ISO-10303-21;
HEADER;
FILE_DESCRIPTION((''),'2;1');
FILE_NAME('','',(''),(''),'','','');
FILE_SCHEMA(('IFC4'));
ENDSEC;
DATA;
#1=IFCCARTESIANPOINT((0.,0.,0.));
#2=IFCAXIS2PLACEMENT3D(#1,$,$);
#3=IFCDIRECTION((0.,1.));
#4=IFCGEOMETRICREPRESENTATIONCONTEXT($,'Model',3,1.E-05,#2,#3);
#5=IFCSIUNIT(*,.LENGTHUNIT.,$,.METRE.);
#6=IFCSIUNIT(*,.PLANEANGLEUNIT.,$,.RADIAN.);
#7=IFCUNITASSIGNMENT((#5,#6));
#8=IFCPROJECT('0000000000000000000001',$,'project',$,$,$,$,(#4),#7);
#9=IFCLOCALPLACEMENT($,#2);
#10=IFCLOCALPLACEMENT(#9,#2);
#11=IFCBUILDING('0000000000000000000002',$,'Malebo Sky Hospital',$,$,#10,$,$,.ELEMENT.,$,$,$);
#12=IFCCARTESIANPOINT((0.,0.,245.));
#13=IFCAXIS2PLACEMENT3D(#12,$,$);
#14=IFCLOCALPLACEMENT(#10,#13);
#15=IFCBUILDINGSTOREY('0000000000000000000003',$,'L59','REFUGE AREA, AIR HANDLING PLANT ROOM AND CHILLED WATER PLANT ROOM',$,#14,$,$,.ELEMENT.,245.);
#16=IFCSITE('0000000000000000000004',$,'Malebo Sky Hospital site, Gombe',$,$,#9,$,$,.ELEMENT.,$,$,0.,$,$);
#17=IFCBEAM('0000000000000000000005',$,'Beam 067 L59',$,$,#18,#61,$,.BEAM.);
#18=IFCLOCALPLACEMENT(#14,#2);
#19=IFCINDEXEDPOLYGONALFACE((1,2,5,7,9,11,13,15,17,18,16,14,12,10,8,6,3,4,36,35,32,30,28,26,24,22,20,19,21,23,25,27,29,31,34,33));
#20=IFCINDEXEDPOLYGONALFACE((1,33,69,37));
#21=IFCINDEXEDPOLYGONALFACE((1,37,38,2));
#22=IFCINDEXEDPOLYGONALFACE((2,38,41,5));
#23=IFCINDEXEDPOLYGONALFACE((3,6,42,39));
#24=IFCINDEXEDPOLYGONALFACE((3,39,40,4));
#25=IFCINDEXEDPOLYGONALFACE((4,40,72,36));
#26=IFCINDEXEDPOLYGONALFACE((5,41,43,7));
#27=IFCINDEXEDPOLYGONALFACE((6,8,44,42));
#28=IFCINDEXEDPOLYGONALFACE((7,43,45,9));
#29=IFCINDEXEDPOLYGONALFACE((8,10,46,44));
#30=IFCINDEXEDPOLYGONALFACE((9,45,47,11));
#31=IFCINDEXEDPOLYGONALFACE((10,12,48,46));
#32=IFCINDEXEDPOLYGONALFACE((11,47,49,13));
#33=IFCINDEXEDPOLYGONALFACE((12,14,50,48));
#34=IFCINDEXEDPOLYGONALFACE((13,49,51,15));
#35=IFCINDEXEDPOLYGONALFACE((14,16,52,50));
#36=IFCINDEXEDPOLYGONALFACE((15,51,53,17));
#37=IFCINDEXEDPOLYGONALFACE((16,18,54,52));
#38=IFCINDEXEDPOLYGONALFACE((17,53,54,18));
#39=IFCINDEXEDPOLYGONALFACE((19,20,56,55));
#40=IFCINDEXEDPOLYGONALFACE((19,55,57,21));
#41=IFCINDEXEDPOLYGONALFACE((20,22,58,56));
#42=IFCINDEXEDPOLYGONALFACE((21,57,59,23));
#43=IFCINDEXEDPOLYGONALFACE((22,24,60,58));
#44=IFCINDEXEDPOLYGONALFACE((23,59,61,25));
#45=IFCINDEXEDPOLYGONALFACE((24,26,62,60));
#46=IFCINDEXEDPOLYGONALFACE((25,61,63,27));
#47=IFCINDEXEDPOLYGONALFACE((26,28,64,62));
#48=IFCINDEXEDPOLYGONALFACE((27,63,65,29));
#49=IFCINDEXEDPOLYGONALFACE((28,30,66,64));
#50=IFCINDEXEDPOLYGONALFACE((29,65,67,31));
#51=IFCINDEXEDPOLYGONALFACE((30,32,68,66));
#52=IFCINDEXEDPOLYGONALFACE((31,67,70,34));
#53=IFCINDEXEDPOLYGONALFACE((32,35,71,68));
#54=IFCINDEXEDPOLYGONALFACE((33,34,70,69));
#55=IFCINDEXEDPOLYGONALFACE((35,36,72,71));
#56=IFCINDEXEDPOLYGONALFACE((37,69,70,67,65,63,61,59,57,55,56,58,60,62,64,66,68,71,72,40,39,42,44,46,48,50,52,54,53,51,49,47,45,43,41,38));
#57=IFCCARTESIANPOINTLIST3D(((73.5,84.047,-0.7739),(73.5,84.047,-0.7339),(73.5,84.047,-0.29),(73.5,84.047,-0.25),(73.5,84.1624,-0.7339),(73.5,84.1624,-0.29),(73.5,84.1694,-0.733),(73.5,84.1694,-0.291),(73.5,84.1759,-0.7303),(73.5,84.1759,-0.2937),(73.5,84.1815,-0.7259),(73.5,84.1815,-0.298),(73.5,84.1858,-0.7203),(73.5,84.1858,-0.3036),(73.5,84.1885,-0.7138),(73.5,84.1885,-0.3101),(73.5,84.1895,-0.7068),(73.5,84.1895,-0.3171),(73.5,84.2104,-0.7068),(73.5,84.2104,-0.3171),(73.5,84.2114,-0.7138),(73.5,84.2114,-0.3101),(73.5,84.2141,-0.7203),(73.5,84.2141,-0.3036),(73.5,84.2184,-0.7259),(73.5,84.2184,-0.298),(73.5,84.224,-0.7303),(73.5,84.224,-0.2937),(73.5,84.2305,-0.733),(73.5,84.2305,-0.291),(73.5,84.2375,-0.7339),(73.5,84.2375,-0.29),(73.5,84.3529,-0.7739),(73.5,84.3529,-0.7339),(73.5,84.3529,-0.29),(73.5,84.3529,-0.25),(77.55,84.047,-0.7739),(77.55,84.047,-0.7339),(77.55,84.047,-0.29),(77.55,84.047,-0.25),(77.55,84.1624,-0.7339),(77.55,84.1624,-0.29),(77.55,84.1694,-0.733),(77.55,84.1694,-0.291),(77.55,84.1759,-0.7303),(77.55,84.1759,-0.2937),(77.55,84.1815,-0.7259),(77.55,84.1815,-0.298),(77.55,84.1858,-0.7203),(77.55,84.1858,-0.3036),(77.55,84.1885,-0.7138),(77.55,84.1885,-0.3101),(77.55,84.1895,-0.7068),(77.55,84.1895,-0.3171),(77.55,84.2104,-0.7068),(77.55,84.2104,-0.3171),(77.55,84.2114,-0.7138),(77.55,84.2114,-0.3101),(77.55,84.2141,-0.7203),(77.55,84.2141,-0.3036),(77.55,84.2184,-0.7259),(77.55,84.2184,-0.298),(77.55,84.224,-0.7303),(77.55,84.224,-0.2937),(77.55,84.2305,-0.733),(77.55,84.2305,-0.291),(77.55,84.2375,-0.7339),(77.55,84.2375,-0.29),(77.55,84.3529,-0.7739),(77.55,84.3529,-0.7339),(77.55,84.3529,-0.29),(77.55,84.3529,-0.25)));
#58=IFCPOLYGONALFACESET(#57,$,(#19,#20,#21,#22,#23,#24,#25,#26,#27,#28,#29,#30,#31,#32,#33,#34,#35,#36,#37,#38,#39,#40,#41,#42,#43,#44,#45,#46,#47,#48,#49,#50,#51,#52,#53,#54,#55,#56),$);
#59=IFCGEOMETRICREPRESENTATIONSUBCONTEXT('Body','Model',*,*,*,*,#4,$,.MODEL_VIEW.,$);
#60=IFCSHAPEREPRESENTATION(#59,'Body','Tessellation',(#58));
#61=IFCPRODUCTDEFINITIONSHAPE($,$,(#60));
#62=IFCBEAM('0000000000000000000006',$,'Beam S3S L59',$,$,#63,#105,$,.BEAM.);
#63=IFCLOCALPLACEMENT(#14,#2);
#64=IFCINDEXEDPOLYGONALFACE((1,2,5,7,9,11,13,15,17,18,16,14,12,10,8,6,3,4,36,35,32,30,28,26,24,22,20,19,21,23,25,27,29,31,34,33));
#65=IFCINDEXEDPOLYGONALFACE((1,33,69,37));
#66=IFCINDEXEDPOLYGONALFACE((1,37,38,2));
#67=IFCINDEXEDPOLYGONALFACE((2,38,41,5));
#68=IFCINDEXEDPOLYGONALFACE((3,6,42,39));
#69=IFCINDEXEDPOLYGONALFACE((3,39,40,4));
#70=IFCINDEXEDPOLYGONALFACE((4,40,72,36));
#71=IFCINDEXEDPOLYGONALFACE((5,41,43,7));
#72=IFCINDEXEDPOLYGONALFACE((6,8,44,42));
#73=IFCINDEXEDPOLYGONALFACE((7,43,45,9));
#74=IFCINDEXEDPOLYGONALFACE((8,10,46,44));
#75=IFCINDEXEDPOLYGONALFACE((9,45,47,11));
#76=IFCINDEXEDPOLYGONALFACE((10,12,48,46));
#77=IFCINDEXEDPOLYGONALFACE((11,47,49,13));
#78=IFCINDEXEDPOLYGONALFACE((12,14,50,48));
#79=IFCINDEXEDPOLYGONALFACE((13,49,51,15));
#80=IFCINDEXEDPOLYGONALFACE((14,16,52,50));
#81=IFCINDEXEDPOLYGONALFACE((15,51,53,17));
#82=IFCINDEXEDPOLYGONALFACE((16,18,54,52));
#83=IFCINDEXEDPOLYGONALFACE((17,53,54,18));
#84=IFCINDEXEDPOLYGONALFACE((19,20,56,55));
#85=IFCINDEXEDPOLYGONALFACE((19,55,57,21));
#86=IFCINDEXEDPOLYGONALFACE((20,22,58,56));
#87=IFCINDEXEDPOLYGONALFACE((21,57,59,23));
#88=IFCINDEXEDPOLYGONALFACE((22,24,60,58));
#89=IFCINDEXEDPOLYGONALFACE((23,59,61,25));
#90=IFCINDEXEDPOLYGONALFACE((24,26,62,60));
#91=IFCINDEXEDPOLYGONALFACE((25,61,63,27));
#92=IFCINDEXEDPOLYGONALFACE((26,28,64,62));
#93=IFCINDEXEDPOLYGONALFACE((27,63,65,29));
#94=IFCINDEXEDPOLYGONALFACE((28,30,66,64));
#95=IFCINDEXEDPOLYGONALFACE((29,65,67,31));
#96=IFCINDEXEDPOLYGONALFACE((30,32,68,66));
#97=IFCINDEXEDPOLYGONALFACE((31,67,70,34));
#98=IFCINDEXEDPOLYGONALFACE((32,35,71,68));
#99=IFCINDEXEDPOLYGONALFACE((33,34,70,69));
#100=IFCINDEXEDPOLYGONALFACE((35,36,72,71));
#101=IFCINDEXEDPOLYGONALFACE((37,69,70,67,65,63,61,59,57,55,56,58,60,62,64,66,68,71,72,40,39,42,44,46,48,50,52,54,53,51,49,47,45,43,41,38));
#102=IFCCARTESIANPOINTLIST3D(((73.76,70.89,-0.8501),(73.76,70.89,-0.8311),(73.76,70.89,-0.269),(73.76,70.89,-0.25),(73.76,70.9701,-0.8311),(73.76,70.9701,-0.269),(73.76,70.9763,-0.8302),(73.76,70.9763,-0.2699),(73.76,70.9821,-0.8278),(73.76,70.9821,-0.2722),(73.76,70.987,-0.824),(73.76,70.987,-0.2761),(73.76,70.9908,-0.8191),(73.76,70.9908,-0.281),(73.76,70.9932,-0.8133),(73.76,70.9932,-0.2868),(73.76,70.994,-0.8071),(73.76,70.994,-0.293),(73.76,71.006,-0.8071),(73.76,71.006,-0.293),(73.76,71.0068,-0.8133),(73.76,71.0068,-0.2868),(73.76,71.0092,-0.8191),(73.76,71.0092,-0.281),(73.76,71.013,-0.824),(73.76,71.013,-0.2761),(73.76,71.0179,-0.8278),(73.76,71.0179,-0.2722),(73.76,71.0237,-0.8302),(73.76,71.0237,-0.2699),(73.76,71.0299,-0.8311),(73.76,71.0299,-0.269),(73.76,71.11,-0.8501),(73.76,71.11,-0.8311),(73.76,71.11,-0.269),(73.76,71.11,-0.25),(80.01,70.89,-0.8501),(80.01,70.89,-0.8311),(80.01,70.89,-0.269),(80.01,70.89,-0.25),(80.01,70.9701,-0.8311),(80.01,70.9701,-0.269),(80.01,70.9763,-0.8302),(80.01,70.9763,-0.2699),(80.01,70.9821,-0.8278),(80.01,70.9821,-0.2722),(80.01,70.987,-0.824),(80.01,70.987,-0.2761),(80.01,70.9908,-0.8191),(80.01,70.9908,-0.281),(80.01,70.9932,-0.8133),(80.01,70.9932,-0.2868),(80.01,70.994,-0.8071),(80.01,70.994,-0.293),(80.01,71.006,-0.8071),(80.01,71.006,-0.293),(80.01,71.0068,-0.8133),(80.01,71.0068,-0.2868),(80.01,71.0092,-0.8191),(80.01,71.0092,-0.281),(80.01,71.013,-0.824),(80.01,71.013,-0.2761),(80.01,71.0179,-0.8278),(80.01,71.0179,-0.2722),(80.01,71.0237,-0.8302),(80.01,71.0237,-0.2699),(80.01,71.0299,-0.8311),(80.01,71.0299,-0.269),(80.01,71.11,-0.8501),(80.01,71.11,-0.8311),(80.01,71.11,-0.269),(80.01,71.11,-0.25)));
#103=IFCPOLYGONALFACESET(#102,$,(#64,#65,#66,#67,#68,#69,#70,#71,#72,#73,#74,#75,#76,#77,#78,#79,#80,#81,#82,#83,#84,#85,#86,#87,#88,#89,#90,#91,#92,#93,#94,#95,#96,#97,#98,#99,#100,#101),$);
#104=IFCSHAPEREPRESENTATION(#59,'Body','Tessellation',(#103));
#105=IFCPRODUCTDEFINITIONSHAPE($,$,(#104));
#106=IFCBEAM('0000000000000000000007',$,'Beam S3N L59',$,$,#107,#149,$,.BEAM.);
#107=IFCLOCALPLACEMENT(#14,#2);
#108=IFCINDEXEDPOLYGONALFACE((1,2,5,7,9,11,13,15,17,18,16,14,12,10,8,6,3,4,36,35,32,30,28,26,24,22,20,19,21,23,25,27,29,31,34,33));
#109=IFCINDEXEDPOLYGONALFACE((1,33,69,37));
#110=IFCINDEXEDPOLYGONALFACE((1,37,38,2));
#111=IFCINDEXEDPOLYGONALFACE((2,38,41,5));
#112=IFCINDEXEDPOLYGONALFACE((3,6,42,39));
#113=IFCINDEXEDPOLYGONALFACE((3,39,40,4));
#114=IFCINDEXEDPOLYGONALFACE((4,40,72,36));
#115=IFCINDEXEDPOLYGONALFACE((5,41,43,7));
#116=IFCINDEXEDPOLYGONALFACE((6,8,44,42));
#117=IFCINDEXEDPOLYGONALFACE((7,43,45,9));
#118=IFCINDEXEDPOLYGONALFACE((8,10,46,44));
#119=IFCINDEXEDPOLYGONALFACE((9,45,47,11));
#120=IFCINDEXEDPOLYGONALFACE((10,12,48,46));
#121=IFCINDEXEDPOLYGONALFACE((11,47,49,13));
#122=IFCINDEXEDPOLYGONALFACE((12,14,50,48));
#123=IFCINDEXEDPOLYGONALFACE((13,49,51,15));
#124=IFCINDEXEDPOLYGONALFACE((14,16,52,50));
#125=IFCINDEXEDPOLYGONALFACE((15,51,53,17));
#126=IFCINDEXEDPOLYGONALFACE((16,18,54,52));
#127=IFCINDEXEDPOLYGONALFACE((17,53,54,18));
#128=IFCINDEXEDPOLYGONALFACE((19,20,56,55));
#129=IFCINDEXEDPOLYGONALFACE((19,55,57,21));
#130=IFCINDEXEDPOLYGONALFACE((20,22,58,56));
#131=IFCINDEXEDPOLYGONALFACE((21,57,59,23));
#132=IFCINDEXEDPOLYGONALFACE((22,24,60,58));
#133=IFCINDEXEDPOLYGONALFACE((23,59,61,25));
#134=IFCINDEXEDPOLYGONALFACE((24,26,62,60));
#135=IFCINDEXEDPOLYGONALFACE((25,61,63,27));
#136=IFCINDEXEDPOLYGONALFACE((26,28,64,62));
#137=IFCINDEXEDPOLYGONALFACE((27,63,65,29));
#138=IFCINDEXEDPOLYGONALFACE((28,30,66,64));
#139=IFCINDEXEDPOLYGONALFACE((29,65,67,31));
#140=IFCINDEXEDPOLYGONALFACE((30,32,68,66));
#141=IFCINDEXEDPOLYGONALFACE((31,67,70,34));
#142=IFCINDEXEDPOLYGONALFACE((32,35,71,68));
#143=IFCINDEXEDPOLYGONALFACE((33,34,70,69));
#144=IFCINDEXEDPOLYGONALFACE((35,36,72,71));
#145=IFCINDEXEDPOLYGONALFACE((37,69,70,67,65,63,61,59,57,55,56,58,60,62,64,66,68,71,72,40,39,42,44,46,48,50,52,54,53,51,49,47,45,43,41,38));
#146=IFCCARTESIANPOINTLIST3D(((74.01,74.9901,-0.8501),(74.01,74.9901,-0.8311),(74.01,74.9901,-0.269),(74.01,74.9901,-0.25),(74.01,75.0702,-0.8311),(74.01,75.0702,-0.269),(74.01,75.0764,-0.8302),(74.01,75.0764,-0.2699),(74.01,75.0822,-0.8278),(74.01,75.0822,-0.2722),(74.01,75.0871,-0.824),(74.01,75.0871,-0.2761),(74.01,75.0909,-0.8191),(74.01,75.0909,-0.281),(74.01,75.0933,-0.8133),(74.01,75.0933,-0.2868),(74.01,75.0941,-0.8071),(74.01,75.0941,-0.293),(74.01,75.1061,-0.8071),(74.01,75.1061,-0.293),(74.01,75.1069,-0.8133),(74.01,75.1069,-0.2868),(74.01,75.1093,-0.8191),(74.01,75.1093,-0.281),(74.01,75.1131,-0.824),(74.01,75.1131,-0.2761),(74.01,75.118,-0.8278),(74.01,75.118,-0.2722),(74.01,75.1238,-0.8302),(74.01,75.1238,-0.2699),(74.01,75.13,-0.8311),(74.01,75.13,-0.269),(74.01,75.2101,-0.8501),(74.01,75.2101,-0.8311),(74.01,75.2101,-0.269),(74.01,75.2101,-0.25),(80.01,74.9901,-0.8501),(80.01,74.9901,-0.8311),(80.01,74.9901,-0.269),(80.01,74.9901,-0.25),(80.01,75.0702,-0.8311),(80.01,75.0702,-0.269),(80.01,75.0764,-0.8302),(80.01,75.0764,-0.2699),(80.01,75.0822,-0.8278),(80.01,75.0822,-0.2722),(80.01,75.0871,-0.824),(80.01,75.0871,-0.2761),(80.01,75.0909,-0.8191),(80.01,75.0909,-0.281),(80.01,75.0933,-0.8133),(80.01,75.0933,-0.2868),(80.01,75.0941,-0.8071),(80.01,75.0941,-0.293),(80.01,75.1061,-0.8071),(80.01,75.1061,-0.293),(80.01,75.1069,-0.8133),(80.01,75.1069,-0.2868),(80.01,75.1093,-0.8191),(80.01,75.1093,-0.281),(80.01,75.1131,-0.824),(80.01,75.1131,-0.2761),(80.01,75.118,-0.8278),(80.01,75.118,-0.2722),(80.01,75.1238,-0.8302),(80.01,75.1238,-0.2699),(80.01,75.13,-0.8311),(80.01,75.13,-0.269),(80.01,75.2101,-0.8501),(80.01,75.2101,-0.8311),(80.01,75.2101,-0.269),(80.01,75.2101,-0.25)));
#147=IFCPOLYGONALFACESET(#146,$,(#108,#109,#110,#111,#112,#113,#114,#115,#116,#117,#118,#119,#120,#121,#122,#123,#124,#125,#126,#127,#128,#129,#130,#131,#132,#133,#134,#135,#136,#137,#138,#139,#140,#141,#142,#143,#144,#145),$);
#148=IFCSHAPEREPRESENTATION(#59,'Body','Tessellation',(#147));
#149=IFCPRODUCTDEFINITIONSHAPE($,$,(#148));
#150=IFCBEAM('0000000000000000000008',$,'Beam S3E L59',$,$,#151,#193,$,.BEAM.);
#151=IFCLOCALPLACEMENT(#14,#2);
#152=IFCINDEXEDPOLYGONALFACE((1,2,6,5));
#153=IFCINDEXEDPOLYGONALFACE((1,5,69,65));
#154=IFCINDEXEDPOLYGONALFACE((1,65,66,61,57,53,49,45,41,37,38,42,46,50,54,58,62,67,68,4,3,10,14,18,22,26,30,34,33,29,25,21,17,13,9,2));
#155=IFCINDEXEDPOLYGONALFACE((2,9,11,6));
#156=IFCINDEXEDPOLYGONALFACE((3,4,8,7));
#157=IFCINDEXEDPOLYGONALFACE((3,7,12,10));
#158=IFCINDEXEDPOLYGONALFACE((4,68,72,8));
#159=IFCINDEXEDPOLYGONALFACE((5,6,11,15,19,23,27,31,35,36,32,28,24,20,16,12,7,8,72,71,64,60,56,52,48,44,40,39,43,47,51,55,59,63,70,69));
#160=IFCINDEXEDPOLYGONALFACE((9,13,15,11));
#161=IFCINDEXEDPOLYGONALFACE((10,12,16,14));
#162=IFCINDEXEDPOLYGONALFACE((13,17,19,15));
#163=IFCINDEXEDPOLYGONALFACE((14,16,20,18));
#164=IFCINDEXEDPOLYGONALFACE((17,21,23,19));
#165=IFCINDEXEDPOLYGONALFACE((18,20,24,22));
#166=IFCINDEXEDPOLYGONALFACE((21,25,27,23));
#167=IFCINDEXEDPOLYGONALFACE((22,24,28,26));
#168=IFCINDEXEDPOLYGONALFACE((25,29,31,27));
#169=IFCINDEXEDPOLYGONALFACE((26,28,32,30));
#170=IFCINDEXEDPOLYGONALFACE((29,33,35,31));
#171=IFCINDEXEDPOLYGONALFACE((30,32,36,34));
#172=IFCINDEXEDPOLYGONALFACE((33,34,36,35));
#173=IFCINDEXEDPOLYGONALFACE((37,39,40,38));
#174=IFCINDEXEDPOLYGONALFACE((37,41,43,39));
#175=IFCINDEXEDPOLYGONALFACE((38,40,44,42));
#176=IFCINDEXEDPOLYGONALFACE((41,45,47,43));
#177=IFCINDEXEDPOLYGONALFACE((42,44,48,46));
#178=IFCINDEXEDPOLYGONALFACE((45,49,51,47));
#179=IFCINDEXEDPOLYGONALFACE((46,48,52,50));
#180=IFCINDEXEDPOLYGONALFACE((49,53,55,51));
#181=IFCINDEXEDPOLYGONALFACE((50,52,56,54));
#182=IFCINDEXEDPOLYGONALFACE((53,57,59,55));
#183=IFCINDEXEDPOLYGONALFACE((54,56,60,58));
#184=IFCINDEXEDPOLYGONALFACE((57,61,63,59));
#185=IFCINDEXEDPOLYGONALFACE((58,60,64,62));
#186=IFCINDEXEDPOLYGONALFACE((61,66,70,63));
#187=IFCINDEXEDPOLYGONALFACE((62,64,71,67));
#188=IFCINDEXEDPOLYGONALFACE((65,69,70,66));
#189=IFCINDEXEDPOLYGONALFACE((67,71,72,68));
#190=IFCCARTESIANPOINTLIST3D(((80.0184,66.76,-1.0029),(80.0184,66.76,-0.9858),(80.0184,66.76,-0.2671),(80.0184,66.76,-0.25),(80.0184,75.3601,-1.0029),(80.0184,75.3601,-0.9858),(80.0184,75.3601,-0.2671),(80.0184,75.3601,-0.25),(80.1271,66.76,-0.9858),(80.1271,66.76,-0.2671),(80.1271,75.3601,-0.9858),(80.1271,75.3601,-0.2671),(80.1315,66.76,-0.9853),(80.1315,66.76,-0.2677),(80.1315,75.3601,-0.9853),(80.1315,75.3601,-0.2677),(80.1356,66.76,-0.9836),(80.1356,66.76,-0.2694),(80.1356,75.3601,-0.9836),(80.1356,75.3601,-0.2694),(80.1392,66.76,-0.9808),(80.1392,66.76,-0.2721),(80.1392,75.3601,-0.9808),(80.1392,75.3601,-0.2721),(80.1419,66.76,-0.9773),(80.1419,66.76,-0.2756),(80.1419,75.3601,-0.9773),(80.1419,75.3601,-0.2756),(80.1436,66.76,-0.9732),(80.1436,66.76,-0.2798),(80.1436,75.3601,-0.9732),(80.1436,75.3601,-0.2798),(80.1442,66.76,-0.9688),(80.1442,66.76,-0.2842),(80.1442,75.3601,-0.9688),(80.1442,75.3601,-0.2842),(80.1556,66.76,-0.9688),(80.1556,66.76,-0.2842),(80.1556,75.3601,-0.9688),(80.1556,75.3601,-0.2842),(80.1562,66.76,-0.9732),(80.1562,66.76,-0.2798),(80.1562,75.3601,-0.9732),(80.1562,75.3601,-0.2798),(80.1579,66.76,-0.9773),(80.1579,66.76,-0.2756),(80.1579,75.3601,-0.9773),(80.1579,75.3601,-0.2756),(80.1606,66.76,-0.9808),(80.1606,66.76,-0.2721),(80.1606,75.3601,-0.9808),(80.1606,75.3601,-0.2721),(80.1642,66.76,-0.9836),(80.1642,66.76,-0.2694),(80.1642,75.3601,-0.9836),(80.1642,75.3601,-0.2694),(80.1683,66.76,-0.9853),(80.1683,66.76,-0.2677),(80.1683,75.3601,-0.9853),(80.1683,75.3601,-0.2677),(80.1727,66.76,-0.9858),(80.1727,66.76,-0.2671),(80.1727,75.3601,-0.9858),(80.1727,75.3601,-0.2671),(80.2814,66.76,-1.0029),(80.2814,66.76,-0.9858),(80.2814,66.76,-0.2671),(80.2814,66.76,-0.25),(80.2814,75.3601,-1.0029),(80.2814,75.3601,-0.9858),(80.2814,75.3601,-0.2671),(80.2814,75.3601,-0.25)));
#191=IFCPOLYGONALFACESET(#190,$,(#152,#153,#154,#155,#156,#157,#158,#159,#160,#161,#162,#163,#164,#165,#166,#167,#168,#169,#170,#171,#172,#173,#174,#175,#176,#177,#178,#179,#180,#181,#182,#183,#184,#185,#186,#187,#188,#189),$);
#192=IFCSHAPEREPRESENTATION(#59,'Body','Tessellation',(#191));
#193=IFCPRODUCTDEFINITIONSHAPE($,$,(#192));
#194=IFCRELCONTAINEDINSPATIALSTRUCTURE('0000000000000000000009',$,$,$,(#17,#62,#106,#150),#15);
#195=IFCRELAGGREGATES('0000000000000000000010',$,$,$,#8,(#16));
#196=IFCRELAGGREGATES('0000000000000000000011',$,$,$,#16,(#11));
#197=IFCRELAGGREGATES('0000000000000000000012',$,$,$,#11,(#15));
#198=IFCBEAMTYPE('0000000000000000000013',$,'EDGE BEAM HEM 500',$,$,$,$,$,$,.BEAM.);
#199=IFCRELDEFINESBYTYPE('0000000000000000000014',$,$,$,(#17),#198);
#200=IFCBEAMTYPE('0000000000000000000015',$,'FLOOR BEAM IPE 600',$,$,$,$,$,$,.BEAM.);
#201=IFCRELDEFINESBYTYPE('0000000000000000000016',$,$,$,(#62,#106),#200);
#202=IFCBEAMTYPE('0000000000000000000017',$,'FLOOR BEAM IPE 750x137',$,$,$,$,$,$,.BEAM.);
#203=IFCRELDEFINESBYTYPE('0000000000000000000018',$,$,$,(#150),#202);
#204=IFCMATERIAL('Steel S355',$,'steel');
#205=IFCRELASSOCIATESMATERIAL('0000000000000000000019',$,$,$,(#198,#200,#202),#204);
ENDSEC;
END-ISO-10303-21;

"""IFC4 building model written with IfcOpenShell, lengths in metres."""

from ifc_helpers import new_model, si_unit, direction, frame, origin, origin_2d, place, context, subcontext, project, spatial, i_section, extrude, material, material_profile, profile_set, type_object, element, save


model = new_model("IFC4")

# Units and contexts
model_context = context("Model", 3, precision=1e-05, world=origin(), true_north=direction((0.0, 1.0)))
body_context = subcontext(model_context, "Body", "Model", "MODEL_VIEW")
ifc_project = project(units=[si_unit("LENGTHUNIT", "METRE"), si_unit("PLANEANGLEUNIT", "RADIAN")], contexts=[model_context])

# Site, building, storey
site_placement = place(None, origin())
site = spatial("IfcSite", under=ifc_project, at=site_placement, Name="Malebo Sky Hospital site, Gombe", CompositionType="ELEMENT", RefElevation=0.0)
building_placement = place(site_placement, origin())
building = spatial("IfcBuilding", under=site, at=building_placement, Name="Malebo Sky Hospital", CompositionType="ELEMENT")
storey_placement = place(building_placement, frame((0.0, 0.0, 245.0)))
storey = spatial("IfcBuildingStorey", under=building, at=storey_placement, Name="L59", Description="REFUGE AREA, AIR HANDLING PLANT ROOM AND CHILLED WATER PLANT ROOM", CompositionType="ELEMENT", Elevation=245.0)

# Beams
ifc_material_1 = material(Name="Steel S355", Category="steel")
ifc_material_profile_1 = material_profile(ifc_material_1, i_section(OverallWidth=0.3059, OverallDepth=0.5239, WebThickness=0.021, FlangeThickness=0.04, FilletRadius=0.0271, at=origin_2d()), Name="HEM 500")
ifc_profile_set_1 = profile_set([ifc_material_profile_1], Name="Steel S355")
beam_type_1 = type_object("IfcBeamType", Name="EDGE BEAM HEM 500", PredefinedType="BEAM", material=ifc_profile_set_1)
beam_1_placement = place(storey_placement, frame((73.5, 84.2, -0.512), z_axis=(1.0, 0.0, 0.0), x_axis=(0.0, 1.0, 0.0)))
element("IfcBeam", 1, at=beam_1_placement, inside=storey, type_object=beam_type_1, Name="Beam 067 L59", PredefinedType="BEAM", context=body_context, shape_type="SweptSolid", body=[
    extrude(i_section(OverallWidth=0.3059, OverallDepth=0.5239, WebThickness=0.021, FlangeThickness=0.04, FilletRadius=0.0271, at=origin_2d()), origin(), (0.0, 0.0, 1.0), 4.05),
])
ifc_material_profile_2 = material_profile(ifc_material_1, i_section(OverallWidth=0.22, OverallDepth=0.6001, WebThickness=0.012, FlangeThickness=0.019, FilletRadius=0.0239, at=origin_2d()), Name="IPE 600")
ifc_profile_set_2 = profile_set([ifc_material_profile_2], Name="Steel S355")
beam_type_2 = type_object("IfcBeamType", Name="FLOOR BEAM IPE 600", PredefinedType="BEAM", material=ifc_profile_set_2)
beam_2_placement = place(storey_placement, frame((73.76, 71.0, -0.55), z_axis=(1.0, 0.0, 0.0), x_axis=(0.0, 1.0, 0.0)))
element("IfcBeam", 2, at=beam_2_placement, inside=storey, type_object=beam_type_2, Name="Beam S3S L59", PredefinedType="BEAM", context=body_context, shape_type="SweptSolid", body=[
    extrude(i_section(OverallWidth=0.22, OverallDepth=0.6001, WebThickness=0.012, FlangeThickness=0.019, FilletRadius=0.0239, at=origin_2d()), origin(), (0.0, 0.0, 1.0), 6.25),
])
beam_3_placement = place(storey_placement, frame((74.01, 75.1001, -0.55), z_axis=(1.0, 0.0, 0.0), x_axis=(0.0, 1.0, 0.0)))
element("IfcBeam", 3, at=beam_3_placement, inside=storey, type_object=beam_type_2, Name="Beam S3N L59", PredefinedType="BEAM", context=body_context, shape_type="SweptSolid", body=[
    extrude(i_section(OverallWidth=0.22, OverallDepth=0.6001, WebThickness=0.012, FlangeThickness=0.019, FilletRadius=0.0239, at=origin_2d()), origin(), (0.0, 0.0, 1.0), 6.0),
])
ifc_material_profile_3 = material_profile(ifc_material_1, i_section(OverallWidth=0.2629, OverallDepth=0.7529, WebThickness=0.0115, FlangeThickness=0.0171, FilletRadius=0.0171, at=origin_2d()), Name="IPE 750x137")
ifc_profile_set_3 = profile_set([ifc_material_profile_3], Name="Steel S355")
beam_type_3 = type_object("IfcBeamType", Name="FLOOR BEAM IPE 750x137", PredefinedType="BEAM", material=ifc_profile_set_3)
beam_4_placement = place(storey_placement, frame((80.1499, 66.76, -0.6265), z_axis=(0.0, 1.0, 0.0), x_axis=(-1.0, 0.0, 0.0)))
element("IfcBeam", 4, at=beam_4_placement, inside=storey, type_object=beam_type_3, Name="Beam S3E L59", PredefinedType="BEAM", context=body_context, shape_type="SweptSolid", body=[
    extrude(i_section(OverallWidth=0.2629, OverallDepth=0.7529, WebThickness=0.0115, FlangeThickness=0.0171, FilletRadius=0.0171, at=origin_2d()), origin(), (0.0, 0.0, 1.0), 8.6001),
])

save(model, "model.ifc")
